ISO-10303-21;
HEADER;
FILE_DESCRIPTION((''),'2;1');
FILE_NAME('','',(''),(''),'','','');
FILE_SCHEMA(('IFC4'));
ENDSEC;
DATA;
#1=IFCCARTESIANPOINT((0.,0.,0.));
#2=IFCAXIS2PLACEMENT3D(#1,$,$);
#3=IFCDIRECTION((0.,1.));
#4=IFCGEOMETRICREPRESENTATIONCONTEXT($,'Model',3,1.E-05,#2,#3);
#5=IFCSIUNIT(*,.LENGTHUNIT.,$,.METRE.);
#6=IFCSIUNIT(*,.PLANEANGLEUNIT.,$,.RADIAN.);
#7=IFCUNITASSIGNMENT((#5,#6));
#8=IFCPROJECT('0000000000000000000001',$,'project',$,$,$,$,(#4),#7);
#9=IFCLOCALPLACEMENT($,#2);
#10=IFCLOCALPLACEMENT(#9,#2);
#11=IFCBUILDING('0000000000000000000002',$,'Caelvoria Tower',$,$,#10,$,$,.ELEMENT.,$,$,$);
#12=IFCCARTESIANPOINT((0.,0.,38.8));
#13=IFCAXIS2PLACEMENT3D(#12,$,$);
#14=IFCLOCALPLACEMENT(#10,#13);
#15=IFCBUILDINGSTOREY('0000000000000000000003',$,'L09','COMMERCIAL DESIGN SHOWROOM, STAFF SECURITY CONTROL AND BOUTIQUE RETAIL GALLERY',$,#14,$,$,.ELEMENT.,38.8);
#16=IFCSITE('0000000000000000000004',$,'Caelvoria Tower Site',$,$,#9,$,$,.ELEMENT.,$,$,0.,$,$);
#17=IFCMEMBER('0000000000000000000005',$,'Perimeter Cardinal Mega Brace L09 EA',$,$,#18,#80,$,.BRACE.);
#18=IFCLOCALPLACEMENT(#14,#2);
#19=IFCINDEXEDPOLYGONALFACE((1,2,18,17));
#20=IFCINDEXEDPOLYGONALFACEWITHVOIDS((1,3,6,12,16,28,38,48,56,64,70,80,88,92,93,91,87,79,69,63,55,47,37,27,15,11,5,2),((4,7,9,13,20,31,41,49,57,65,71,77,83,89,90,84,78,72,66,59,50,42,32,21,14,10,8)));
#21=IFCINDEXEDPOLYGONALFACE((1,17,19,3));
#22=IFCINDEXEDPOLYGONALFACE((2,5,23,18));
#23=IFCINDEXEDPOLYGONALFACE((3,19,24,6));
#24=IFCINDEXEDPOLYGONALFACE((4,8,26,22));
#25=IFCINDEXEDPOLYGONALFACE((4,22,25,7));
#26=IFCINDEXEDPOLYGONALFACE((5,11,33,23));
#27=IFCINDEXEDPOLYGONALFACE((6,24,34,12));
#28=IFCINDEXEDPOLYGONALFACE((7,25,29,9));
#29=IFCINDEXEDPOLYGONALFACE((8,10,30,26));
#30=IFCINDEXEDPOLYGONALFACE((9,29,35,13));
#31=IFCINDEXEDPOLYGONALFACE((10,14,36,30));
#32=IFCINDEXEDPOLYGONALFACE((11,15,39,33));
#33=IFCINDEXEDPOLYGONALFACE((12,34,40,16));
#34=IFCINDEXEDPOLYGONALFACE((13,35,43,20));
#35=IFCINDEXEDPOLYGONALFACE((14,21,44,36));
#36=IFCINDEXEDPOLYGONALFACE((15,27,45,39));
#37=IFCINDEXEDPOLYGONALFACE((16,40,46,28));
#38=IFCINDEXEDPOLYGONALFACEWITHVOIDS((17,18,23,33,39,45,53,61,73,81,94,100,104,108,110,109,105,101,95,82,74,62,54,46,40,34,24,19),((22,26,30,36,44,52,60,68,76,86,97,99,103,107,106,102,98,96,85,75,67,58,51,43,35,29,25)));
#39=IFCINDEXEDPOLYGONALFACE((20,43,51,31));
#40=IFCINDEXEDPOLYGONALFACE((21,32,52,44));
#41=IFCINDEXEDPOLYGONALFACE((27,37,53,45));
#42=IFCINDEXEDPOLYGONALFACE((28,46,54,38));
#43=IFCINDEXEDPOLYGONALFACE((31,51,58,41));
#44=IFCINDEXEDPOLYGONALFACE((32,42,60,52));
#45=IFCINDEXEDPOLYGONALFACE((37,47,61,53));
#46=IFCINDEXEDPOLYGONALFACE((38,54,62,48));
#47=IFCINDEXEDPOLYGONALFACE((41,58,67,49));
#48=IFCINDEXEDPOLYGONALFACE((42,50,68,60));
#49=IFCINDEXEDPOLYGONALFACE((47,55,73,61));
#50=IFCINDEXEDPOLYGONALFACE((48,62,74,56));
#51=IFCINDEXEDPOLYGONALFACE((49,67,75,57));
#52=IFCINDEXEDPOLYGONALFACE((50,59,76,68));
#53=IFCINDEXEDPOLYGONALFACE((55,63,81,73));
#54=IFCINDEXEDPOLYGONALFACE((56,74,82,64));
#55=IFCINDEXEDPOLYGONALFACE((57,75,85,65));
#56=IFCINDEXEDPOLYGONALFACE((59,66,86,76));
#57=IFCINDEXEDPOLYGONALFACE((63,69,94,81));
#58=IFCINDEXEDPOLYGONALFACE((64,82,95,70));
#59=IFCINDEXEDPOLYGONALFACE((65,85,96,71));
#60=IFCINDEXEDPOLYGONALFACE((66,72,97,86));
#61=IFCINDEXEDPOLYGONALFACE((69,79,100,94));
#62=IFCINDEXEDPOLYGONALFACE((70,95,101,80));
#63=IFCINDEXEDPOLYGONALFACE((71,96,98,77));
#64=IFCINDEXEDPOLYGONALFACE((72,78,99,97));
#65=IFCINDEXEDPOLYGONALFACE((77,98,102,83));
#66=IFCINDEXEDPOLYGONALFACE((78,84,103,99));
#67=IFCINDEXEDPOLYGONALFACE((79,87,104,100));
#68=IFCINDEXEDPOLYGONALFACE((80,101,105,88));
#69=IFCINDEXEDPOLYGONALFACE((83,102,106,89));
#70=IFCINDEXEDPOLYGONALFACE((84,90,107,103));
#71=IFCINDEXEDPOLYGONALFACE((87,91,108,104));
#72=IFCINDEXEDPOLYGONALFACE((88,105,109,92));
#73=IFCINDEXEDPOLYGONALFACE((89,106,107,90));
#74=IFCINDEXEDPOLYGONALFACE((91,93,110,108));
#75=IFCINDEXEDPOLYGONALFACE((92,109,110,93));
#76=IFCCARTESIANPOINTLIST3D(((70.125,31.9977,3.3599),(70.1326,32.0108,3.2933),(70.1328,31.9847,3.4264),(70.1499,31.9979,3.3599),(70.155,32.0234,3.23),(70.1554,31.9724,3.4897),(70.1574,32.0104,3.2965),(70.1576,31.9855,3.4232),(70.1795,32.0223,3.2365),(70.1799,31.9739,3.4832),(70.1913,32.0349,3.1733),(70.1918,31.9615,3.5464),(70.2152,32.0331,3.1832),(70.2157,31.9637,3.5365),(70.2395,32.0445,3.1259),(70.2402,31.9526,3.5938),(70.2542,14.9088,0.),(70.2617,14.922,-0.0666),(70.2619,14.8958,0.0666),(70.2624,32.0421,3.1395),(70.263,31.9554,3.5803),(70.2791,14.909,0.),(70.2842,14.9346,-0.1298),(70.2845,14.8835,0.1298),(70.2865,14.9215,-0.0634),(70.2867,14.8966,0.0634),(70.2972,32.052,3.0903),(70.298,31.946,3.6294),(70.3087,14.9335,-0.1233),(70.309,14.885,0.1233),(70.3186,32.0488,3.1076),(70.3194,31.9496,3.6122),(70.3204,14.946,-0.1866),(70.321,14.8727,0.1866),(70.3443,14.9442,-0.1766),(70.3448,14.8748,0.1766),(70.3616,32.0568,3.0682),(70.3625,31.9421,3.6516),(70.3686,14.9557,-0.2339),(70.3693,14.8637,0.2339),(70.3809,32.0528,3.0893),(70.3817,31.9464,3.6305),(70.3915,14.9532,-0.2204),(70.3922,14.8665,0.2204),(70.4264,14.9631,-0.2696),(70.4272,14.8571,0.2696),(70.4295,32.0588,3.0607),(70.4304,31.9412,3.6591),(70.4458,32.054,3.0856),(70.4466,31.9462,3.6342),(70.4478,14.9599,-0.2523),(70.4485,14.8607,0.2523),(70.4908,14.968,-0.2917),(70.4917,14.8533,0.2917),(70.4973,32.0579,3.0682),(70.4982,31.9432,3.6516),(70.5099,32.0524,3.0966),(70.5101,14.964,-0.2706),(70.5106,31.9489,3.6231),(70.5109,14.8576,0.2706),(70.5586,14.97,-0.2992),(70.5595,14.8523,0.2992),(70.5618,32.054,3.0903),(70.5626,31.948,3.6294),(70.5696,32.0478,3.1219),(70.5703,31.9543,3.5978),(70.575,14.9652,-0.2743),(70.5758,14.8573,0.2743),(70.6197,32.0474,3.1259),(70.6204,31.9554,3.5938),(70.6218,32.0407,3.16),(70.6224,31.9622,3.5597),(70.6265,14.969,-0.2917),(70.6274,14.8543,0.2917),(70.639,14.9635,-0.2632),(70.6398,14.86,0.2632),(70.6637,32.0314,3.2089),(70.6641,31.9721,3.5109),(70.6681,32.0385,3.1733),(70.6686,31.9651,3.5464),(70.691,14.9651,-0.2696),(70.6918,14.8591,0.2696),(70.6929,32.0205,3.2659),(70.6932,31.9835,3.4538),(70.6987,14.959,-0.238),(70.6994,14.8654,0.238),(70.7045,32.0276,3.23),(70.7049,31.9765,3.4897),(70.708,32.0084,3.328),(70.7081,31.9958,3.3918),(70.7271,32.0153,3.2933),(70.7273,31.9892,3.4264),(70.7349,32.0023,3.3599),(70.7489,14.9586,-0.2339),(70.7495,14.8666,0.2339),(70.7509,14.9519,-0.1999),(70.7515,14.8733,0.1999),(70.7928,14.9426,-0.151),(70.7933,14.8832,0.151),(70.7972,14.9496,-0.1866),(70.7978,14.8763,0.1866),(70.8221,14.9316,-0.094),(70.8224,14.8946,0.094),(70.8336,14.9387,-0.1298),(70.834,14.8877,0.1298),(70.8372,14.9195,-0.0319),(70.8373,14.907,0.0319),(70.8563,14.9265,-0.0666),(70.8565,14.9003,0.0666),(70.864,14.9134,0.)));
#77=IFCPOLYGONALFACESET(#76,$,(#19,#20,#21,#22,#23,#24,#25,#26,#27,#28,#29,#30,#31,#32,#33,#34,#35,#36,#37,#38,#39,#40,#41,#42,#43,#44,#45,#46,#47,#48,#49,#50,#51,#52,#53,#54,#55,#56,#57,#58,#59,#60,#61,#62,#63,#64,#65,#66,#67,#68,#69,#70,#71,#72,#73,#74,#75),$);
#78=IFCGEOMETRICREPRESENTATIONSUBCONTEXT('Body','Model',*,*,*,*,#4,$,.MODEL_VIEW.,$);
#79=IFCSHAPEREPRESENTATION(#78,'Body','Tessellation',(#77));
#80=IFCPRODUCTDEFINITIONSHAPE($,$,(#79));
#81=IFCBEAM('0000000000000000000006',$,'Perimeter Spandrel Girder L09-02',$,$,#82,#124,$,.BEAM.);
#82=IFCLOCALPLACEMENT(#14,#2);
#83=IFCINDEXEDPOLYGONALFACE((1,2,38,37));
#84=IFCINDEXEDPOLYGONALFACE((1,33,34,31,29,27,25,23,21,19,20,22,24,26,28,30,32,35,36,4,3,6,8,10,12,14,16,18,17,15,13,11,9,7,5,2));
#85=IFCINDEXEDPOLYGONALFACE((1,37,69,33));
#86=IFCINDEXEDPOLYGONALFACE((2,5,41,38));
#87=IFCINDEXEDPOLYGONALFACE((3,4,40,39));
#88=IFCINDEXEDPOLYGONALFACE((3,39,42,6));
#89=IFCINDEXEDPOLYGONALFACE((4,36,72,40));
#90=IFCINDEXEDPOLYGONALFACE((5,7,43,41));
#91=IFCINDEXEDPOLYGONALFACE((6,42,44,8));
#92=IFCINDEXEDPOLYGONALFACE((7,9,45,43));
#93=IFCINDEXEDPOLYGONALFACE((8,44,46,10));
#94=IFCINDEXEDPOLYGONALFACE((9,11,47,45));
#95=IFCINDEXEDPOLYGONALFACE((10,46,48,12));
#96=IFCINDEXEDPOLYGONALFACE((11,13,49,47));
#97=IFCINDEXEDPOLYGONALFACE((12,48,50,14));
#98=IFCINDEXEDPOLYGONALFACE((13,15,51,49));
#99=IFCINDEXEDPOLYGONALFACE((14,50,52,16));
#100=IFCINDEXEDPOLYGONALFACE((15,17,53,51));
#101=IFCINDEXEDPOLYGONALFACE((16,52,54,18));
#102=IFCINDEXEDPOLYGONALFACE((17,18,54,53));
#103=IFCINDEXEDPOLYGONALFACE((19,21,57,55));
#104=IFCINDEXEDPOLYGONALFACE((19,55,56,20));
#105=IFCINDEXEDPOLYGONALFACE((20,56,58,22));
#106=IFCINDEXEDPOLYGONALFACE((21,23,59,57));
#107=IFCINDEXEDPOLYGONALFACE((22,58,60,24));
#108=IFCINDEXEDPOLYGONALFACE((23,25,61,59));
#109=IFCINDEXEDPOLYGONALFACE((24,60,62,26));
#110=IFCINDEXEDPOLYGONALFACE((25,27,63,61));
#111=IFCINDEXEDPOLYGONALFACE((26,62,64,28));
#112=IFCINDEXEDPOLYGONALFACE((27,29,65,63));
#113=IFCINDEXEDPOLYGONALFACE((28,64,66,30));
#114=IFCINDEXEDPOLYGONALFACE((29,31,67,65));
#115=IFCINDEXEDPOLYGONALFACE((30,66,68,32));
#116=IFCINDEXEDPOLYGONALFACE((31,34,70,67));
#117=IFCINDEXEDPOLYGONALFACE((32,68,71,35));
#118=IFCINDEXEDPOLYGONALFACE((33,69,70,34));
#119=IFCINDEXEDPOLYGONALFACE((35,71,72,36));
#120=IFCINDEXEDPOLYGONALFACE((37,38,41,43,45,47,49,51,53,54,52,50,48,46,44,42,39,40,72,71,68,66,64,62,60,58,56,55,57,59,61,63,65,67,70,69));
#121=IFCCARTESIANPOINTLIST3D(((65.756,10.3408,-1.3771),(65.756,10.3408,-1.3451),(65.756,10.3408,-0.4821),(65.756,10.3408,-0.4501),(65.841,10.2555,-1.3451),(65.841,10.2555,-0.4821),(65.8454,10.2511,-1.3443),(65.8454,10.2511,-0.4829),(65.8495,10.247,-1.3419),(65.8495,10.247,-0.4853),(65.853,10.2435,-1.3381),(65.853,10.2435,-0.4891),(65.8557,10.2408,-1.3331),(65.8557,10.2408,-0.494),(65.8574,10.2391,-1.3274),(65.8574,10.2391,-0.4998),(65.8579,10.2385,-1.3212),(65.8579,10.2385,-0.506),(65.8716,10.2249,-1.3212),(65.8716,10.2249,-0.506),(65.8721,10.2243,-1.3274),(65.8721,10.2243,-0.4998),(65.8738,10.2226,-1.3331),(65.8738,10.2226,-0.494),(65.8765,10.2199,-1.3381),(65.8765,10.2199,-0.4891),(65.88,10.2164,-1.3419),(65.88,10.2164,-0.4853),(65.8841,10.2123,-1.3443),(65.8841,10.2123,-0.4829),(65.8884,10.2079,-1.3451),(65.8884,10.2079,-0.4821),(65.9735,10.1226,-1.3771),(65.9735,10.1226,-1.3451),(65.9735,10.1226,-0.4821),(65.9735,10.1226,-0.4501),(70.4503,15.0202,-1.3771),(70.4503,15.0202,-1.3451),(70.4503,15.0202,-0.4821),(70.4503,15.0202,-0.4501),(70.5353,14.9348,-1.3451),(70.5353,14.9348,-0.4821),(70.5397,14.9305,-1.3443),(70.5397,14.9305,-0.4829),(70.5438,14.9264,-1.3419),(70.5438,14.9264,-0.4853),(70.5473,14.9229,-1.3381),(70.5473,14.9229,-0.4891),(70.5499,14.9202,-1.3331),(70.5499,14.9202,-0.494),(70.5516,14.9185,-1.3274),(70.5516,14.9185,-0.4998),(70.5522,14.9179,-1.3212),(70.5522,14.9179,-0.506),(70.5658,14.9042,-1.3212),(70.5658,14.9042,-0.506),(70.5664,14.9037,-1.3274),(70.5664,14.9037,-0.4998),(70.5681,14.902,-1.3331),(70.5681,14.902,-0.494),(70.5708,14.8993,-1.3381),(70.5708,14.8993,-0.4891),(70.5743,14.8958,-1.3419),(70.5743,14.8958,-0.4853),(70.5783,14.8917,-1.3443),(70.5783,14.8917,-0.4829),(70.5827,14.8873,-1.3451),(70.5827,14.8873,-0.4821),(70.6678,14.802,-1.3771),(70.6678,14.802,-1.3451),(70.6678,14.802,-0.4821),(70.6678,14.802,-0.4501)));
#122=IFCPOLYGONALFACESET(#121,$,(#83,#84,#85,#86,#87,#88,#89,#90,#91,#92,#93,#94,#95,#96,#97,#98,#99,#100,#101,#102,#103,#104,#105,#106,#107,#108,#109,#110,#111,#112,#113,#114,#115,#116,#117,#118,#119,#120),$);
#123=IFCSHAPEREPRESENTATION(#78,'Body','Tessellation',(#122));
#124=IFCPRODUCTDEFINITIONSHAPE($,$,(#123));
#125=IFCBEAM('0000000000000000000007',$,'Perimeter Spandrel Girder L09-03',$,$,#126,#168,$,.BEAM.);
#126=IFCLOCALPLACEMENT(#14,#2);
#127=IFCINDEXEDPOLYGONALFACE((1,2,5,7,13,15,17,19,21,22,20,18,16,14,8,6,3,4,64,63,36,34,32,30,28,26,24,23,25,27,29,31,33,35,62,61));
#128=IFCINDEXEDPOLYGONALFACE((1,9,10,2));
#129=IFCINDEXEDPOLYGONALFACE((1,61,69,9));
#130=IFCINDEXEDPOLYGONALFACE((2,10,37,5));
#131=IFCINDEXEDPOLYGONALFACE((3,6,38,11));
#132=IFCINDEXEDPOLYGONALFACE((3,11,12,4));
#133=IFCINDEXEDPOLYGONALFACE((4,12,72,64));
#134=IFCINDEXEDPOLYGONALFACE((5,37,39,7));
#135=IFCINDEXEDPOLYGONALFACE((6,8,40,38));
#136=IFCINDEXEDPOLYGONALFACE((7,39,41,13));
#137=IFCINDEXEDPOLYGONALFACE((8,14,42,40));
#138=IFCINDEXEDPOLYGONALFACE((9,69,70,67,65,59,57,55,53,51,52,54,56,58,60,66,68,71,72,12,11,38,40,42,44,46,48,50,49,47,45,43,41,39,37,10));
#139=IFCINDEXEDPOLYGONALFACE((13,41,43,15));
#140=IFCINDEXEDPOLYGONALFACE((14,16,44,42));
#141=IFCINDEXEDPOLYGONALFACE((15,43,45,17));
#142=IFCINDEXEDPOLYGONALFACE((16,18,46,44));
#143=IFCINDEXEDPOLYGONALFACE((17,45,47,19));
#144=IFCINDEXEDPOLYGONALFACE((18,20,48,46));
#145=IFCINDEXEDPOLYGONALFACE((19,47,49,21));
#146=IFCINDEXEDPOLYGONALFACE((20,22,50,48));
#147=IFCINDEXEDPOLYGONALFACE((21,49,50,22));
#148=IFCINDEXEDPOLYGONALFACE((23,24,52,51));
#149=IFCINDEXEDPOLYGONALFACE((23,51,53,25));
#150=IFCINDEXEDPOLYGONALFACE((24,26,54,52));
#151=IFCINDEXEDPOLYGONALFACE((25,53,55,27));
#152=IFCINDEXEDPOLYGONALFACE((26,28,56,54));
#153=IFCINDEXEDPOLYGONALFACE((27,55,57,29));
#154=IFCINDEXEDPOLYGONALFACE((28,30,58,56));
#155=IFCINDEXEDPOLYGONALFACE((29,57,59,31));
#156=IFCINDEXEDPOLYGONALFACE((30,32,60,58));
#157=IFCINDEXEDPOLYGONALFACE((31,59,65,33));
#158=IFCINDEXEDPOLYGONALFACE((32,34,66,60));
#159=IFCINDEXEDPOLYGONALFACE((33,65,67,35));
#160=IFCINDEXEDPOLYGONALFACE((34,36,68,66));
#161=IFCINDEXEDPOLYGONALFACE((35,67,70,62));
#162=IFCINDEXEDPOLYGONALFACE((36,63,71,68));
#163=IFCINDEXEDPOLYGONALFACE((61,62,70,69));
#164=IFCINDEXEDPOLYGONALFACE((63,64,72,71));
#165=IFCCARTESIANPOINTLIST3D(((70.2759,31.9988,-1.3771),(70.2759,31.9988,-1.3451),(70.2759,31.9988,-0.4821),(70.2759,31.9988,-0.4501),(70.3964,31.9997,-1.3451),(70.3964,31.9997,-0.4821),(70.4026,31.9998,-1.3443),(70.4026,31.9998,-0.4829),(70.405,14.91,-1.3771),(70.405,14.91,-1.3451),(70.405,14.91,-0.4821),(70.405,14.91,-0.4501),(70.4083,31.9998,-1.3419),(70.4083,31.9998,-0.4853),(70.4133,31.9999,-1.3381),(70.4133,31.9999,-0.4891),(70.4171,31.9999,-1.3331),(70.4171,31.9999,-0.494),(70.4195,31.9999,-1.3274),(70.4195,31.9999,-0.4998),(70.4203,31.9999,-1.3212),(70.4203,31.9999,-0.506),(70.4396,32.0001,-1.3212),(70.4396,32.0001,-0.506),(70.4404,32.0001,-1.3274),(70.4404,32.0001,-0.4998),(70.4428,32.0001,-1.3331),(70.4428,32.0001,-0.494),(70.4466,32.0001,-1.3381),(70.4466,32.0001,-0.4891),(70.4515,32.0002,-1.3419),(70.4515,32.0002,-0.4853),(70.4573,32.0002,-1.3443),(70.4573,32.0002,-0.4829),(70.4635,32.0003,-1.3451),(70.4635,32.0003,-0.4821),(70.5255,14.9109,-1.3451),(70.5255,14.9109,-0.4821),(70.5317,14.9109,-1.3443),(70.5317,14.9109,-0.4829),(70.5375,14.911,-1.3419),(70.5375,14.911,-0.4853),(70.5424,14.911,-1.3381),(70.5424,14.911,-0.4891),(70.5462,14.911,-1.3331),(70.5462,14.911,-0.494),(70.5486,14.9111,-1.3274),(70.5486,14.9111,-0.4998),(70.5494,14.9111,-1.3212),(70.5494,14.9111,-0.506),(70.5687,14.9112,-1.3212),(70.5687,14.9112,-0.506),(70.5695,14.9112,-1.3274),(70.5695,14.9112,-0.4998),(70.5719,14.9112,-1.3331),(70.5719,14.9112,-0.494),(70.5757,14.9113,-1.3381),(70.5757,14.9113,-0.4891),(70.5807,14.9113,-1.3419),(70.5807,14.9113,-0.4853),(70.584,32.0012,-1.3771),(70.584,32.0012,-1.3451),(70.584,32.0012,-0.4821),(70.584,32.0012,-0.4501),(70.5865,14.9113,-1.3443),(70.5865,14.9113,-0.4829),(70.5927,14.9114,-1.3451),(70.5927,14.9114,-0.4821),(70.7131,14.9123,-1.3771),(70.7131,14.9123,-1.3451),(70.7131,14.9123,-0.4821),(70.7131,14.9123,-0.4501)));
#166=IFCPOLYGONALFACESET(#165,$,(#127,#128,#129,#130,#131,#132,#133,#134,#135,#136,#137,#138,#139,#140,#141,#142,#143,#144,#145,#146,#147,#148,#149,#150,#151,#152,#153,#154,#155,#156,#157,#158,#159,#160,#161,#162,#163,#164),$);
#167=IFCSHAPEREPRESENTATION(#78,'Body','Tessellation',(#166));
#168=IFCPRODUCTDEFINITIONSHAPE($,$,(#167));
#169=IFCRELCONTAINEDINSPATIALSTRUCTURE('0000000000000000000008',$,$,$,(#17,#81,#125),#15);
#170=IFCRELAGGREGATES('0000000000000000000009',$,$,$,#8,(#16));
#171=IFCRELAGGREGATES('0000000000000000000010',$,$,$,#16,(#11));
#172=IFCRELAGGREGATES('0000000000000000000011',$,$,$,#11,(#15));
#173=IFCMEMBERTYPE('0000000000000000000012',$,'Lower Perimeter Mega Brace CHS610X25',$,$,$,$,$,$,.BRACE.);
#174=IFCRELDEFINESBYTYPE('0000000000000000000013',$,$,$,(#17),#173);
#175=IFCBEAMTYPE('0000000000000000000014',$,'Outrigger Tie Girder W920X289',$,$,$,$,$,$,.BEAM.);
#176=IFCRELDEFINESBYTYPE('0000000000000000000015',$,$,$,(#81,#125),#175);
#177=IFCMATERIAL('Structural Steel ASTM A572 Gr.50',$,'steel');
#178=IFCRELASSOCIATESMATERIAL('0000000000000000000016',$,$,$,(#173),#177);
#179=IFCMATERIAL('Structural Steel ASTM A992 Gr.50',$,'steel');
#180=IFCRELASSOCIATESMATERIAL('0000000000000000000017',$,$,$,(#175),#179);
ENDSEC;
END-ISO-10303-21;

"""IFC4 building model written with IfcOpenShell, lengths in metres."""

from ifc_helpers import new_model, si_unit, direction, frame, origin, origin_2d, place, context, subcontext, project, spatial, hollow_circle, i_section, extrude, material, material_profile, profile_set, type_object, element, save


model = new_model("IFC4")

# Units and contexts
model_context = context("Model", 3, precision=1e-05, world=origin(), true_north=direction((0.0, 1.0)))
body_context = subcontext(model_context, "Body", "Model", "MODEL_VIEW")
ifc_project = project(units=[si_unit("LENGTHUNIT", "METRE"), si_unit("PLANEANGLEUNIT", "RADIAN")], contexts=[model_context])

# Site, building, storey
site_placement = place(None, origin())
site = spatial("IfcSite", under=ifc_project, at=site_placement, Name="Caelvoria Tower Site", CompositionType="ELEMENT", RefElevation=0.0)
building_placement = place(site_placement, origin())
building = spatial("IfcBuilding", under=site, at=building_placement, Name="Caelvoria Tower", CompositionType="ELEMENT")
storey_placement = place(building_placement, frame((0.0, 0.0, 38.8)))
storey = spatial("IfcBuildingStorey", under=building, at=storey_placement, Name="L09", Description="COMMERCIAL DESIGN SHOWROOM, STAFF SECURITY CONTROL AND BOUTIQUE RETAIL GALLERY", CompositionType="ELEMENT", Elevation=38.8)

# Shared definitions
ifc_material_1 = material(Name="Structural Steel ASTM A572 Gr.50", Category="steel")

# Member
ifc_material_profile_1 = material_profile(ifc_material_1, hollow_circle(Radius=0.3049, WallThickness=0.0249, at=origin_2d()), Name="Structural Steel ASTM A572 Gr.50")
ifc_profile_set_1 = profile_set([ifc_material_profile_1], Name="CHS610X25 - Structural Steel ASTM A572 Gr.50")
member_type = type_object("IfcMemberType", Name="Lower Perimeter Mega Brace CHS610X25", PredefinedType="BRACE", material=ifc_profile_set_1)
member_1_placement = place(storey_placement, frame((70.5591, 14.9111, 0.0), z_axis=(-0.007415, 0.981188, 0.192913), x_axis=(-0.999971, -0.007557, 0.0)))
element("IfcMember", 1, at=member_1_placement, inside=storey, type_object=member_type, Name="Perimeter Cardinal Mega Brace L09 EA", PredefinedType="BRACE", context=body_context, shape_type="SweptSolid", body=[
    extrude(hollow_circle(Radius=0.3049, WallThickness=0.0249, at=origin_2d()), origin(), (0.0, 0.0, 1.0), 17.4165),
])

# Beams
ifc_material_2 = material(Name="Structural Steel ASTM A992 Gr.50", Category="steel")
ifc_material_profile_2 = material_profile(ifc_material_2, i_section(OverallWidth=0.3081, OverallDepth=0.927, WebThickness=0.0193, FlangeThickness=0.032, FilletRadius=0.0239, at=origin_2d()), Name="Structural Steel ASTM A992 Gr.50")
ifc_profile_set_2 = profile_set([ifc_material_profile_2], Name="W920X289 - Structural Steel ASTM A992 Gr.50")
beam_type_1 = type_object("IfcBeamType", Name="Outrigger Tie Girder W920X289", PredefinedType="BEAM", material=ifc_profile_set_2)
beam_1_placement = place(storey_placement, frame((65.8647, 10.2317, -0.9136), z_axis=(0.708229, 0.705982, 0.0), x_axis=(-0.705982, 0.708229, 0.0)))
element("IfcBeam", 2, at=beam_1_placement, inside=storey, type_object=beam_type_1, Name="Perimeter Spandrel Girder L09-02", PredefinedType="BEAM", context=body_context, shape_type="SweptSolid", body=[
    extrude(i_section(OverallWidth=0.3081, OverallDepth=0.927, WebThickness=0.0193, FlangeThickness=0.032, FilletRadius=0.0239, at=origin_2d()), origin(), (0.0, 0.0, 1.0), 6.6282),
])
for number, where, z_axis, x_axis, name in (
    (3, (70.5591, 14.9111, -0.9136), (-0.007557, 0.999971, 0.0), (-0.999971, -0.007557, 0.0), "Perimeter Spandrel Girder L09-03"),
):
    element("IfcBeam", number, at=place(storey_placement, frame(where, z_axis=z_axis, x_axis=x_axis)), inside=storey, type_object=beam_type_1, Name=name, PredefinedType="BEAM", context=body_context, shape_type="SweptSolid", body=[
        extrude(i_section(OverallWidth=0.3081, OverallDepth=0.927, WebThickness=0.0193, FlangeThickness=0.032, FilletRadius=0.0239, at=origin_2d()), origin(), (0.0, 0.0, 1.0), 17.0894),
    ])

save(model, "model.ifc")
